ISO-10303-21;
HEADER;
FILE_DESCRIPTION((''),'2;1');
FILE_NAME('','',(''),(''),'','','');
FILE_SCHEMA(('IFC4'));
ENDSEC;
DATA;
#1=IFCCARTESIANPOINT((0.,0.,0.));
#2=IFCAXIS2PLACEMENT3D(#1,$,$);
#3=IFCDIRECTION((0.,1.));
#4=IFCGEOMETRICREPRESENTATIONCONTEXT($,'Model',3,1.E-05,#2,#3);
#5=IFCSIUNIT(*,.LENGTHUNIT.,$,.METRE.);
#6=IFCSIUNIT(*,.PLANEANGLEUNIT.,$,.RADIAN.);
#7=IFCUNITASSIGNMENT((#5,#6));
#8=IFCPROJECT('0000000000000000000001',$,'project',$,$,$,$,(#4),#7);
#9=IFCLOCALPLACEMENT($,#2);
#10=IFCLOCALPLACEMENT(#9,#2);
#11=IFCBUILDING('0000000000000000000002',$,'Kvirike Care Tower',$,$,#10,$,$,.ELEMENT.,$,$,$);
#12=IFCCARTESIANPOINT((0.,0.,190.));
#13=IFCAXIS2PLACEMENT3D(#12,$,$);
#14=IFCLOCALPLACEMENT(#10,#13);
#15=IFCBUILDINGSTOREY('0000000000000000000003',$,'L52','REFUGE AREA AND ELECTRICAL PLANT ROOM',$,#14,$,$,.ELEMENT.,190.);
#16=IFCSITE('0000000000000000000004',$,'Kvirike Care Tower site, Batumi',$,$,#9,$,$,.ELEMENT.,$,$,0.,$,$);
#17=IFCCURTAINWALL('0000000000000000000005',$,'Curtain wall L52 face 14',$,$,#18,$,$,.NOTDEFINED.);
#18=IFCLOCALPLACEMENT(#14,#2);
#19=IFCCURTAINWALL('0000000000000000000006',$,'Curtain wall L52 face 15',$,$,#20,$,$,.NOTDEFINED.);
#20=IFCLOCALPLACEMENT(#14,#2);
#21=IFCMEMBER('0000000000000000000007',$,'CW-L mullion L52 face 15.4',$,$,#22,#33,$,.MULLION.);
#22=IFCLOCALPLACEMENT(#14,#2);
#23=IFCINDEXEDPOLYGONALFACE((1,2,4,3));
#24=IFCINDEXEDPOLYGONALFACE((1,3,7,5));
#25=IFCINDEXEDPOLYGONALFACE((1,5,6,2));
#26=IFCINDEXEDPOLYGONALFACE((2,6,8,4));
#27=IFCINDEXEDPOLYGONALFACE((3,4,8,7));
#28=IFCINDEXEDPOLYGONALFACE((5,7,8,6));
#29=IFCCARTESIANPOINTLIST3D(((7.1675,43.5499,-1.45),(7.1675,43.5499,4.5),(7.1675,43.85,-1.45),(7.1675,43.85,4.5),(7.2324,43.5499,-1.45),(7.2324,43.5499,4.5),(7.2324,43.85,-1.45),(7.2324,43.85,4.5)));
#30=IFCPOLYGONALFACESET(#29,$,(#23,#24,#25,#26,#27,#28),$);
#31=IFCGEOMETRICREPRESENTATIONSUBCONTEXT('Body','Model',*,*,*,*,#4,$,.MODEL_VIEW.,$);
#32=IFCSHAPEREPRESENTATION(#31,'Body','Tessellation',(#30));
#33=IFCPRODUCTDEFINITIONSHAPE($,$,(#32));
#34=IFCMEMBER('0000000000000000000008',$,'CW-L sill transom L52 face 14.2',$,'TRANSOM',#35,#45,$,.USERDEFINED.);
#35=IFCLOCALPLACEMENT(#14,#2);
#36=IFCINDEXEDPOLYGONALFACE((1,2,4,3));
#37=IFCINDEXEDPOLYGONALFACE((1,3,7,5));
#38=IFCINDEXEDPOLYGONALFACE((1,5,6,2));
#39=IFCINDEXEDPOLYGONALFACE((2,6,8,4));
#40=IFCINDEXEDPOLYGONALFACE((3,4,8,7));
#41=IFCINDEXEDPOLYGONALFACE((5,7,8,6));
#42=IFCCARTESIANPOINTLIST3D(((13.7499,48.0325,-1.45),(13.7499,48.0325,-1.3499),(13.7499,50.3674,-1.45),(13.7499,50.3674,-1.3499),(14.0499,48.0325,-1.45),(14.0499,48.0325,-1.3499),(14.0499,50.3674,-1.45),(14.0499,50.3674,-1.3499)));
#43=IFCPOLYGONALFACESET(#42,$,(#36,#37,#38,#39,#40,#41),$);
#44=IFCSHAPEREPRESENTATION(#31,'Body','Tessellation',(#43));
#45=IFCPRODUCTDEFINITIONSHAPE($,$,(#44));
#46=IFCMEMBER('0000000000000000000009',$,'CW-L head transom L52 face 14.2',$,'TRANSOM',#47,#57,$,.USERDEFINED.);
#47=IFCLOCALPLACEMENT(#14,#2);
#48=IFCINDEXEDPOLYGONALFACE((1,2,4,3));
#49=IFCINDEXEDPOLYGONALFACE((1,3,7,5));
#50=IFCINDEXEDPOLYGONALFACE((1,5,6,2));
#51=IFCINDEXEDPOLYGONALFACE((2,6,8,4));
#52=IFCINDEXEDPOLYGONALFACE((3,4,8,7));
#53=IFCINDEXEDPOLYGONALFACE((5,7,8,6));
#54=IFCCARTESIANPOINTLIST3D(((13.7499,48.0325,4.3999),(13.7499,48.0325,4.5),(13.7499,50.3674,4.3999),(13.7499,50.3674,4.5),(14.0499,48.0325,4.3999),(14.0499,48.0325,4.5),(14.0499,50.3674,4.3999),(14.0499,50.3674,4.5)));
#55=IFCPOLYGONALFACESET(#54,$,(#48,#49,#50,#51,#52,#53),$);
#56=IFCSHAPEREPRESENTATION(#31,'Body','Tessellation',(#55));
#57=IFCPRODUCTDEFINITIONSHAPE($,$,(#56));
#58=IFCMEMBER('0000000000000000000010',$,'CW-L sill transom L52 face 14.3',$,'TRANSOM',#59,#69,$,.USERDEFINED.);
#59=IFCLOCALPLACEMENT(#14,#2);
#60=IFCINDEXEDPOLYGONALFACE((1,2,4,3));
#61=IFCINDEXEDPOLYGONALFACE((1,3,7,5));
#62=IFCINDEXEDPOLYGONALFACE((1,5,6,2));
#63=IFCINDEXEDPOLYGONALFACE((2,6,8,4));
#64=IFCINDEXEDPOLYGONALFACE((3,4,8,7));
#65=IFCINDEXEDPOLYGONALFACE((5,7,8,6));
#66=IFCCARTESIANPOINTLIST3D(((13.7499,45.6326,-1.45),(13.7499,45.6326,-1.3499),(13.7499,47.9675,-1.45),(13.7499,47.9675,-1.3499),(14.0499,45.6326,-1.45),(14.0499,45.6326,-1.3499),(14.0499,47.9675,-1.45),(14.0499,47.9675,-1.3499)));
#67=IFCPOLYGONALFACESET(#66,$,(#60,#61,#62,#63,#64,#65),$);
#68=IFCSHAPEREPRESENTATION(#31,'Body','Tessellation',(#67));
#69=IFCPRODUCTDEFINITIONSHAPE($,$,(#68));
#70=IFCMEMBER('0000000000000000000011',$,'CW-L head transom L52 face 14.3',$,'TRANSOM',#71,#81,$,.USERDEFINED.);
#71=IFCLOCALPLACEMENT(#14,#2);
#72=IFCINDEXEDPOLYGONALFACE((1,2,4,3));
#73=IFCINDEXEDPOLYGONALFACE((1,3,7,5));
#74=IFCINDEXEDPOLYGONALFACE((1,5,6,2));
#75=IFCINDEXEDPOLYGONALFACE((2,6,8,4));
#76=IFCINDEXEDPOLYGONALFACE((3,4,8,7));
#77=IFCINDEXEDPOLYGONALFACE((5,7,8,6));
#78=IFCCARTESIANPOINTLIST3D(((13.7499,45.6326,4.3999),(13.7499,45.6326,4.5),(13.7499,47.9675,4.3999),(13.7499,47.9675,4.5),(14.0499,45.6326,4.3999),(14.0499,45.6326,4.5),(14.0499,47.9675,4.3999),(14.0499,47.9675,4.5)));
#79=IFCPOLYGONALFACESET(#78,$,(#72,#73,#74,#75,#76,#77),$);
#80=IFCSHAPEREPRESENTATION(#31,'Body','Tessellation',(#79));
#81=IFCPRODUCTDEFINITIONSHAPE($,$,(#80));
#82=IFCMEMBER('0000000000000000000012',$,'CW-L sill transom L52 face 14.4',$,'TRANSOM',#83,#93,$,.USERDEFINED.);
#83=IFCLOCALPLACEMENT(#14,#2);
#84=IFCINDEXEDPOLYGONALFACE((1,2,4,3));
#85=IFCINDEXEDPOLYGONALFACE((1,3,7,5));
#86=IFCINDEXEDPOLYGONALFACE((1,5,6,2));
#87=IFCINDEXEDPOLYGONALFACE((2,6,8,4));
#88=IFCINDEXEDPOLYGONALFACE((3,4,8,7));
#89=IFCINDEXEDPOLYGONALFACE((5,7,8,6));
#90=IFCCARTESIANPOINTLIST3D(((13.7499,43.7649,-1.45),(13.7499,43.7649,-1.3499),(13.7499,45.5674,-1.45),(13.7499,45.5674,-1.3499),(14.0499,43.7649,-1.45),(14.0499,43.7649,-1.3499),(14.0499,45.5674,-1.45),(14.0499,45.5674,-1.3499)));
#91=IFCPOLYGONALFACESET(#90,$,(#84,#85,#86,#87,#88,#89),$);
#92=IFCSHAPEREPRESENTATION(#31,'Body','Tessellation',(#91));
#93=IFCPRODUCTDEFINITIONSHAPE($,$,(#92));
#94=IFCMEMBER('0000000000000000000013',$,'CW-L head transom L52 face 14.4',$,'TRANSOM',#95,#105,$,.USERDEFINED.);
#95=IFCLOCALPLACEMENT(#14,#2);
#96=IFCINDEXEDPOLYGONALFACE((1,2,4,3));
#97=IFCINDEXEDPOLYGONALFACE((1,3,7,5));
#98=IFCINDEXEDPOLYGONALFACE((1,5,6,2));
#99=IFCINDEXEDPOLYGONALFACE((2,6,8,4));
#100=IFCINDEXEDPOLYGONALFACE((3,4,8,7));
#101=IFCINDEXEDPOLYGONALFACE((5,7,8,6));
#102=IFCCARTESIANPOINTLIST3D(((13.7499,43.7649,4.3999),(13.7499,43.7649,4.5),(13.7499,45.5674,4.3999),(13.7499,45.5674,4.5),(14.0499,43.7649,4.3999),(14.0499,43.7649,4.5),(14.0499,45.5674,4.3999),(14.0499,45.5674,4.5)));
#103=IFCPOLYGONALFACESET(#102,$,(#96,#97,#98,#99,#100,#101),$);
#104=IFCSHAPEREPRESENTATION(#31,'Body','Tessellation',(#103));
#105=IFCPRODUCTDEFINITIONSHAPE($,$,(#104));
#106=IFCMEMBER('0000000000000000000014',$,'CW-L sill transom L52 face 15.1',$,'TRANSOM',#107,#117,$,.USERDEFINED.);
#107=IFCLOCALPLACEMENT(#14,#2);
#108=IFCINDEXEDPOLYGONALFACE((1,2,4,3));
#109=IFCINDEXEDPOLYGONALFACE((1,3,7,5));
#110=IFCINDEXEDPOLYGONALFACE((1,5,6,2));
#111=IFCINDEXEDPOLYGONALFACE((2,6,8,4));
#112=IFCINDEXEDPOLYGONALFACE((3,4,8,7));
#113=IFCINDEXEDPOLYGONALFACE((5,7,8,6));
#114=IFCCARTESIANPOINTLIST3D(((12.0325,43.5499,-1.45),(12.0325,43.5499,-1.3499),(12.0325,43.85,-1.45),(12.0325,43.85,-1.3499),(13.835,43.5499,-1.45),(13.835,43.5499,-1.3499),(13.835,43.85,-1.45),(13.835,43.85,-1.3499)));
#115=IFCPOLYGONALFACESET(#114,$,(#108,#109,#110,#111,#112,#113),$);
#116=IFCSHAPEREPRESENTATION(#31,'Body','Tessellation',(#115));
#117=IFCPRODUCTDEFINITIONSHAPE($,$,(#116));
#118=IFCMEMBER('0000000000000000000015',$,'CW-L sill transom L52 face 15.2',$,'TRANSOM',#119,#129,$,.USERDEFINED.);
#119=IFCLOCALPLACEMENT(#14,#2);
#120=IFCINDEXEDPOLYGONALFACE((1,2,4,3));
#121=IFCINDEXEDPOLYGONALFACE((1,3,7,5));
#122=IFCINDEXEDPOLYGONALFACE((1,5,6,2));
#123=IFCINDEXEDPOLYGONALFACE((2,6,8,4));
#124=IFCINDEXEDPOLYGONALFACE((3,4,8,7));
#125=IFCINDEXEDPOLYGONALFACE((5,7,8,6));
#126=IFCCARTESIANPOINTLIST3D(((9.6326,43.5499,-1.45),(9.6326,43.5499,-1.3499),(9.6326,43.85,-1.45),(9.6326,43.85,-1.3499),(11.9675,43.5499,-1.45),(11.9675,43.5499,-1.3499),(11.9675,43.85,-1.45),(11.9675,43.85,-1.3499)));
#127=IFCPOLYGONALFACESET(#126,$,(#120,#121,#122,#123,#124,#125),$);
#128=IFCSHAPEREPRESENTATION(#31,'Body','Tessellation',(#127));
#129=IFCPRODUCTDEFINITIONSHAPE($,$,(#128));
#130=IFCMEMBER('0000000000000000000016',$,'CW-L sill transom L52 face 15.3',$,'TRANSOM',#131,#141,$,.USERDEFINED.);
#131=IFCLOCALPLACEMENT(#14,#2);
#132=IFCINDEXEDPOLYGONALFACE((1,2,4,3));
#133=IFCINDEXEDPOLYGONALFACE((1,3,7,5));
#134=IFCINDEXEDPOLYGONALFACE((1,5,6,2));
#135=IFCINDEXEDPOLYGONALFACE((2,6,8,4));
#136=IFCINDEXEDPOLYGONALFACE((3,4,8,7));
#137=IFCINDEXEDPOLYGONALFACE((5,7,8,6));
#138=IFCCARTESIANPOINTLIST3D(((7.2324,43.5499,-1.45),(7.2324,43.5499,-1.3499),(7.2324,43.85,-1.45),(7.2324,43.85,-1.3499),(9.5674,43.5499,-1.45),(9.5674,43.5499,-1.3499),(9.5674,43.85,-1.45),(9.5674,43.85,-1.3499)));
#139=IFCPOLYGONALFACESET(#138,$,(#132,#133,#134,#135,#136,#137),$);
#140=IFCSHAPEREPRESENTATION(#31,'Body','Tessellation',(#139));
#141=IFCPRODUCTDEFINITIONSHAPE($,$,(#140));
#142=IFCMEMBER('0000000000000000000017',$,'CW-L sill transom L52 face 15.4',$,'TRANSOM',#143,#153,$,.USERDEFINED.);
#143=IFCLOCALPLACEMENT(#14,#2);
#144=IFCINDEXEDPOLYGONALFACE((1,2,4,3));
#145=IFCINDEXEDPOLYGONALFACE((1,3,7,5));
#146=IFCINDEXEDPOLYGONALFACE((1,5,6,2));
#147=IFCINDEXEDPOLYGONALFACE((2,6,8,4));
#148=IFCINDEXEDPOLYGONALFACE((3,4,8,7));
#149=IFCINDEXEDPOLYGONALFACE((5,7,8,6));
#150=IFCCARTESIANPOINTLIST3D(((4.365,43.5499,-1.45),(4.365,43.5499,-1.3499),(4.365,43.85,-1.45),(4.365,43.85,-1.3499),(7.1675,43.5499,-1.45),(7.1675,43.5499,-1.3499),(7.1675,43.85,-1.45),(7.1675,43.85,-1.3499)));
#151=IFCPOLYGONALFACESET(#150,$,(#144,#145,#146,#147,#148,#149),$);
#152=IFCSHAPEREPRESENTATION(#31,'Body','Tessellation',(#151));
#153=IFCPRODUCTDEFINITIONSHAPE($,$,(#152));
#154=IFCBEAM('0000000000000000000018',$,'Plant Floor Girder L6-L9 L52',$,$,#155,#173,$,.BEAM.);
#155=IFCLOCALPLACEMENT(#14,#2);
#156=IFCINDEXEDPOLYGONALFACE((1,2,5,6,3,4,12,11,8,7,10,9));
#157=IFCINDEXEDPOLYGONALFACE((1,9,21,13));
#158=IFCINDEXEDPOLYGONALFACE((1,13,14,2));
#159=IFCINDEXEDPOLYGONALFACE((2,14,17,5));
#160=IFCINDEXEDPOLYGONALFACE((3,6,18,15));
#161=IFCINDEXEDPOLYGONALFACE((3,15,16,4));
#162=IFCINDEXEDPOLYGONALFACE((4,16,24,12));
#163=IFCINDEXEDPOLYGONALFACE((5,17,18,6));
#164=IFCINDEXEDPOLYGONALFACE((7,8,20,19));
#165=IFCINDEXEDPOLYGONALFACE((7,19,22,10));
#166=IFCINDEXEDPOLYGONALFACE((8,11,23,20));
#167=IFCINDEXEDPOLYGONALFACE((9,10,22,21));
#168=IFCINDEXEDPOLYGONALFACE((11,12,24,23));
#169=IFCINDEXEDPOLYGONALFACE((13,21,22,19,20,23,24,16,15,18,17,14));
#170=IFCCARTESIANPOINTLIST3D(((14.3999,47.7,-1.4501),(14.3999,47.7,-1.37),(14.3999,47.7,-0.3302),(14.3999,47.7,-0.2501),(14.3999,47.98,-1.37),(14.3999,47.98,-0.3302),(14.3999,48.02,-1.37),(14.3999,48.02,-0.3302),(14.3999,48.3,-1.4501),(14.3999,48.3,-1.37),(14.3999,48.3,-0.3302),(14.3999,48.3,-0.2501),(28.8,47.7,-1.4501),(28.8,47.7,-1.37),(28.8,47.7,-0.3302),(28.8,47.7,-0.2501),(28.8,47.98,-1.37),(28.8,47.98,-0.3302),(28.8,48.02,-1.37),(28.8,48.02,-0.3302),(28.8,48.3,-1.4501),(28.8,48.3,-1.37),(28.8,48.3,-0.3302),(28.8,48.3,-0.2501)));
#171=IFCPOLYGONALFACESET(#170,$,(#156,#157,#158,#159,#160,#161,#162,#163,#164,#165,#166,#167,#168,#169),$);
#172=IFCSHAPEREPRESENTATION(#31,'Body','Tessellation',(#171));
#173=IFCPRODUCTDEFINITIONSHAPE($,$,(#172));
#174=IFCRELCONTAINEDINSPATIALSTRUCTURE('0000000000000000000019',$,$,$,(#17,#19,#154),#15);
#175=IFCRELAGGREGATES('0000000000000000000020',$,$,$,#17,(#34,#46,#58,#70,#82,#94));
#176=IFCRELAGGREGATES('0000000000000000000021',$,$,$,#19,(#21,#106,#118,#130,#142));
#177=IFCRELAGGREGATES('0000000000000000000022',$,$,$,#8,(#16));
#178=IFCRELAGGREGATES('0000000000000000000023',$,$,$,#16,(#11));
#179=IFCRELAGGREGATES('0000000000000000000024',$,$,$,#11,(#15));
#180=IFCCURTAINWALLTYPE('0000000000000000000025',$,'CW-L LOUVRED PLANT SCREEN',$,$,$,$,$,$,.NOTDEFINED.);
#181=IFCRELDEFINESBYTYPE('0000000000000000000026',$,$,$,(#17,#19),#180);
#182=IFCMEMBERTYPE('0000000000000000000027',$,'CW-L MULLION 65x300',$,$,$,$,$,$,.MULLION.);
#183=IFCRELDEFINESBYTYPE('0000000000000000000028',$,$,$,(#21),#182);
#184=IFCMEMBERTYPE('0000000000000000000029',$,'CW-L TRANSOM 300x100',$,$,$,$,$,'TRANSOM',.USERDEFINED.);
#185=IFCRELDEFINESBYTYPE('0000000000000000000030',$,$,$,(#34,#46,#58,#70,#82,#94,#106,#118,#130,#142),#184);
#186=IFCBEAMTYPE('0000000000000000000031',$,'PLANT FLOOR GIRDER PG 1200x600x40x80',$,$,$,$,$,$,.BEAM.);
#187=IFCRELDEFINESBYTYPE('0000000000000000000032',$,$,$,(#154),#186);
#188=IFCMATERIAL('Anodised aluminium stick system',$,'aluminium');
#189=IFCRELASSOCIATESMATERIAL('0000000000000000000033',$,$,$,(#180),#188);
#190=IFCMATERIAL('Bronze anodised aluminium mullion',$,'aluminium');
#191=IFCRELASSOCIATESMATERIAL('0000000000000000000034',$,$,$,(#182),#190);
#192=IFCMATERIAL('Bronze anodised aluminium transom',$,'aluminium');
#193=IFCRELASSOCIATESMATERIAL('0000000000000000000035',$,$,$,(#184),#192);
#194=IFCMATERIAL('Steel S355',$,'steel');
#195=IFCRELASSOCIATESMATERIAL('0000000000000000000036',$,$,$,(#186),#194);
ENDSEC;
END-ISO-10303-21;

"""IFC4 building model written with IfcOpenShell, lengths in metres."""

from ifc_helpers import new_model, si_unit, direction, frame, origin, origin_2d, place, context, subcontext, project, spatial, rectangle, i_section, extrude, material, material_profile, profile_set, type_object, element, aggregate, save


model = new_model("IFC4")

# Units and contexts
model_context = context("Model", 3, precision=1e-05, world=origin(), true_north=direction((0.0, 1.0)))
body_context = subcontext(model_context, "Body", "Model", "MODEL_VIEW")
ifc_project = project(units=[si_unit("LENGTHUNIT", "METRE"), si_unit("PLANEANGLEUNIT", "RADIAN")], contexts=[model_context])

# Site, building, storey
site_placement = place(None, origin())
site = spatial("IfcSite", under=ifc_project, at=site_placement, Name="Kvirike Care Tower site, Batumi", CompositionType="ELEMENT", RefElevation=0.0)
building_placement = place(site_placement, origin())
building = spatial("IfcBuilding", under=site, at=building_placement, Name="Kvirike Care Tower", CompositionType="ELEMENT")
storey_placement = place(building_placement, frame((0.0, 0.0, 190.0)))
storey = spatial("IfcBuildingStorey", under=building, at=storey_placement, Name="L52", Description="REFUGE AREA AND ELECTRICAL PLANT ROOM", CompositionType="ELEMENT", Elevation=190.0)

# Curtain walls
ifc_material_1 = material(Name="Anodised aluminium stick system", Category="aluminium")
curtain_wall_type = type_object("IfcCurtainWallType", Name="CW-L LOUVRED PLANT SCREEN", PredefinedType="NOTDEFINED", material=ifc_material_1)
curtain_wall_1_placement = place(storey_placement, origin())
curtain_wall_1 = element("IfcCurtainWall", 1, at=curtain_wall_1_placement, inside=storey, type_object=curtain_wall_type, Name="Curtain wall L52 face 14", PredefinedType="NOTDEFINED")
curtain_wall_2_placement = place(storey_placement, origin())
curtain_wall_2 = element("IfcCurtainWall", 2, at=curtain_wall_2_placement, inside=storey, type_object=curtain_wall_type, Name="Curtain wall L52 face 15", PredefinedType="NOTDEFINED")

# Members
ifc_material_2 = material(Name="Bronze anodised aluminium mullion", Category="aluminium")
ifc_material_profile_1 = material_profile(ifc_material_2, rectangle(XDim=0.0649, YDim=0.3, at=origin_2d()), Name="CW-L MULLION 65x300")
ifc_profile_set_1 = profile_set([ifc_material_profile_1], Name="Bronze anodised aluminium mullion")
member_type_1 = type_object("IfcMemberType", Name="CW-L MULLION 65x300", PredefinedType="MULLION", material=ifc_profile_set_1)
member_1_placement = place(storey_placement, frame((7.2, 43.7, -1.45), z_axis=(0.0, 0.0, 1.0), x_axis=(-1.0, 0.0, 0.0)))
member_1 = element("IfcMember", 3, at=member_1_placement, type_object=member_type_1, Name="CW-L mullion L52 face 15.4", PredefinedType="MULLION", context=body_context, shape_type="SweptSolid", body=[
    extrude(rectangle(XDim=0.0649, YDim=0.3, at=origin_2d()), origin(), (0.0, 0.0, 1.0), 5.95),
])
ifc_material_3 = material(Name="Bronze anodised aluminium transom", Category="aluminium")
ifc_material_profile_2 = material_profile(ifc_material_3, rectangle(XDim=0.3, YDim=0.1001, at=origin_2d()), Name="CW-L TRANSOM 300x100")
ifc_profile_set_2 = profile_set([ifc_material_profile_2], Name="Bronze anodised aluminium transom")
member_type_2 = type_object("IfcMemberType", Name="CW-L TRANSOM 300x100", ElementType="TRANSOM", PredefinedType="USERDEFINED", material=ifc_profile_set_2)
member_2_placement = place(storey_placement, frame((13.8999, 50.3674, -1.3999), z_axis=(0.0, -1.0, 0.0), x_axis=(1.0, 0.0, 0.0)))
member_2 = element("IfcMember", 4, at=member_2_placement, type_object=member_type_2, Name="CW-L sill transom L52 face 14.2", ObjectType="TRANSOM", PredefinedType="USERDEFINED", context=body_context, shape_type="SweptSolid", body=[
    extrude(rectangle(XDim=0.3, YDim=0.1001, at=origin_2d()), origin(), (0.0, 0.0, 1.0), 2.335),
])
member_3_placement = place(storey_placement, frame((13.8999, 50.3674, 4.45), z_axis=(0.0, -1.0, 0.0), x_axis=(1.0, 0.0, 0.0)))
member_3 = element("IfcMember", 5, at=member_3_placement, type_object=member_type_2, Name="CW-L head transom L52 face 14.2", ObjectType="TRANSOM", PredefinedType="USERDEFINED", context=body_context, shape_type="SweptSolid", body=[
    extrude(rectangle(XDim=0.3, YDim=0.1001, at=origin_2d()), origin(), (0.0, 0.0, 1.0), 2.335),
])
member_4_placement = place(storey_placement, frame((13.8999, 47.9675, -1.3999), z_axis=(0.0, -1.0, 0.0), x_axis=(1.0, 0.0, 0.0)))
member_4 = element("IfcMember", 6, at=member_4_placement, type_object=member_type_2, Name="CW-L sill transom L52 face 14.3", ObjectType="TRANSOM", PredefinedType="USERDEFINED", context=body_context, shape_type="SweptSolid", body=[
    extrude(rectangle(XDim=0.3, YDim=0.1001, at=origin_2d()), origin(), (0.0, 0.0, 1.0), 2.335),
])
member_5_placement = place(storey_placement, frame((13.8999, 47.9675, 4.45), z_axis=(0.0, -1.0, 0.0), x_axis=(1.0, 0.0, 0.0)))
member_5 = element("IfcMember", 7, at=member_5_placement, type_object=member_type_2, Name="CW-L head transom L52 face 14.3", ObjectType="TRANSOM", PredefinedType="USERDEFINED", context=body_context, shape_type="SweptSolid", body=[
    extrude(rectangle(XDim=0.3, YDim=0.1001, at=origin_2d()), origin(), (0.0, 0.0, 1.0), 2.335),
])
member_6_placement = place(storey_placement, frame((13.8999, 45.5674, -1.3999), z_axis=(0.0, -1.0, 0.0), x_axis=(1.0, 0.0, 0.0)))
member_6 = element("IfcMember", 8, at=member_6_placement, type_object=member_type_2, Name="CW-L sill transom L52 face 14.4", ObjectType="TRANSOM", PredefinedType="USERDEFINED", context=body_context, shape_type="SweptSolid", body=[
    extrude(rectangle(XDim=0.3, YDim=0.1001, at=origin_2d()), origin(), (0.0, 0.0, 1.0), 1.8025),
])
member_7_placement = place(storey_placement, frame((13.8999, 45.5674, 4.45), z_axis=(0.0, -1.0, 0.0), x_axis=(1.0, 0.0, 0.0)))
member_7 = element("IfcMember", 9, at=member_7_placement, type_object=member_type_2, Name="CW-L head transom L52 face 14.4", ObjectType="TRANSOM", PredefinedType="USERDEFINED", context=body_context, shape_type="SweptSolid", body=[
    extrude(rectangle(XDim=0.3, YDim=0.1001, at=origin_2d()), origin(), (0.0, 0.0, 1.0), 1.8025),
])
member_8_placement = place(storey_placement, frame((13.835, 43.7, -1.3999), z_axis=(-1.0, 0.0, 0.0), x_axis=(0.0, -1.0, 0.0)))
member_8 = element("IfcMember", 10, at=member_8_placement, type_object=member_type_2, Name="CW-L sill transom L52 face 15.1", ObjectType="TRANSOM", PredefinedType="USERDEFINED", context=body_context, shape_type="SweptSolid", body=[
    extrude(rectangle(XDim=0.3, YDim=0.1001, at=origin_2d()), origin(), (0.0, 0.0, 1.0), 1.8025),
])
member_9_placement = place(storey_placement, frame((11.9675, 43.7, -1.3999), z_axis=(-1.0, 0.0, 0.0), x_axis=(0.0, -1.0, 0.0)))
member_9 = element("IfcMember", 11, at=member_9_placement, type_object=member_type_2, Name="CW-L sill transom L52 face 15.2", ObjectType="TRANSOM", PredefinedType="USERDEFINED", context=body_context, shape_type="SweptSolid", body=[
    extrude(rectangle(XDim=0.3, YDim=0.1001, at=origin_2d()), origin(), (0.0, 0.0, 1.0), 2.335),
])
member_10_placement = place(storey_placement, frame((9.5674, 43.7, -1.3999), z_axis=(-1.0, 0.0, 0.0), x_axis=(0.0, -1.0, 0.0)))
member_10 = element("IfcMember", 12, at=member_10_placement, type_object=member_type_2, Name="CW-L sill transom L52 face 15.3", ObjectType="TRANSOM", PredefinedType="USERDEFINED", context=body_context, shape_type="SweptSolid", body=[
    extrude(rectangle(XDim=0.3, YDim=0.1001, at=origin_2d()), origin(), (0.0, 0.0, 1.0), 2.335),
])
member_11_placement = place(storey_placement, frame((7.1675, 43.7, -1.3999), z_axis=(-1.0, 0.0, 0.0), x_axis=(0.0, -1.0, 0.0)))
member_11 = element("IfcMember", 13, at=member_11_placement, type_object=member_type_2, Name="CW-L sill transom L52 face 15.4", ObjectType="TRANSOM", PredefinedType="USERDEFINED", context=body_context, shape_type="SweptSolid", body=[
    extrude(rectangle(XDim=0.3, YDim=0.1001, at=origin_2d()), origin(), (0.0, 0.0, 1.0), 2.8025),
])

# Beam
ifc_material_4 = material(Name="Steel S355", Category="steel")
ifc_material_profile_3 = material_profile(ifc_material_4, i_section(OverallWidth=0.6001, OverallDepth=1.2, WebThickness=0.04, FlangeThickness=0.0801, at=origin_2d()), Name="PG 1200x600x40x80")
ifc_profile_set_3 = profile_set([ifc_material_profile_3], Name="Steel S355")
beam_type_1 = type_object("IfcBeamType", Name="PLANT FLOOR GIRDER PG 1200x600x40x80", PredefinedType="BEAM", material=ifc_profile_set_3)
beam_1_placement = place(storey_placement, frame((14.3999, 48.0, -0.8501), z_axis=(1.0, 0.0, 0.0), x_axis=(0.0, 1.0, 0.0)))
element("IfcBeam", 14, at=beam_1_placement, inside=storey, type_object=beam_type_1, Name="Plant Floor Girder L6-L9 L52", PredefinedType="BEAM", context=body_context, shape_type="SweptSolid", body=[
    extrude(i_section(OverallWidth=0.6001, OverallDepth=1.2, WebThickness=0.04, FlangeThickness=0.0801, at=origin_2d()), origin(), (0.0, 0.0, 1.0), 14.4001),
])

aggregate(curtain_wall_1, [member_2, member_3, member_4, member_5, member_6, member_7])
aggregate(curtain_wall_2, [member_1, member_8, member_9, member_10, member_11])

save(model, "model.ifc")
